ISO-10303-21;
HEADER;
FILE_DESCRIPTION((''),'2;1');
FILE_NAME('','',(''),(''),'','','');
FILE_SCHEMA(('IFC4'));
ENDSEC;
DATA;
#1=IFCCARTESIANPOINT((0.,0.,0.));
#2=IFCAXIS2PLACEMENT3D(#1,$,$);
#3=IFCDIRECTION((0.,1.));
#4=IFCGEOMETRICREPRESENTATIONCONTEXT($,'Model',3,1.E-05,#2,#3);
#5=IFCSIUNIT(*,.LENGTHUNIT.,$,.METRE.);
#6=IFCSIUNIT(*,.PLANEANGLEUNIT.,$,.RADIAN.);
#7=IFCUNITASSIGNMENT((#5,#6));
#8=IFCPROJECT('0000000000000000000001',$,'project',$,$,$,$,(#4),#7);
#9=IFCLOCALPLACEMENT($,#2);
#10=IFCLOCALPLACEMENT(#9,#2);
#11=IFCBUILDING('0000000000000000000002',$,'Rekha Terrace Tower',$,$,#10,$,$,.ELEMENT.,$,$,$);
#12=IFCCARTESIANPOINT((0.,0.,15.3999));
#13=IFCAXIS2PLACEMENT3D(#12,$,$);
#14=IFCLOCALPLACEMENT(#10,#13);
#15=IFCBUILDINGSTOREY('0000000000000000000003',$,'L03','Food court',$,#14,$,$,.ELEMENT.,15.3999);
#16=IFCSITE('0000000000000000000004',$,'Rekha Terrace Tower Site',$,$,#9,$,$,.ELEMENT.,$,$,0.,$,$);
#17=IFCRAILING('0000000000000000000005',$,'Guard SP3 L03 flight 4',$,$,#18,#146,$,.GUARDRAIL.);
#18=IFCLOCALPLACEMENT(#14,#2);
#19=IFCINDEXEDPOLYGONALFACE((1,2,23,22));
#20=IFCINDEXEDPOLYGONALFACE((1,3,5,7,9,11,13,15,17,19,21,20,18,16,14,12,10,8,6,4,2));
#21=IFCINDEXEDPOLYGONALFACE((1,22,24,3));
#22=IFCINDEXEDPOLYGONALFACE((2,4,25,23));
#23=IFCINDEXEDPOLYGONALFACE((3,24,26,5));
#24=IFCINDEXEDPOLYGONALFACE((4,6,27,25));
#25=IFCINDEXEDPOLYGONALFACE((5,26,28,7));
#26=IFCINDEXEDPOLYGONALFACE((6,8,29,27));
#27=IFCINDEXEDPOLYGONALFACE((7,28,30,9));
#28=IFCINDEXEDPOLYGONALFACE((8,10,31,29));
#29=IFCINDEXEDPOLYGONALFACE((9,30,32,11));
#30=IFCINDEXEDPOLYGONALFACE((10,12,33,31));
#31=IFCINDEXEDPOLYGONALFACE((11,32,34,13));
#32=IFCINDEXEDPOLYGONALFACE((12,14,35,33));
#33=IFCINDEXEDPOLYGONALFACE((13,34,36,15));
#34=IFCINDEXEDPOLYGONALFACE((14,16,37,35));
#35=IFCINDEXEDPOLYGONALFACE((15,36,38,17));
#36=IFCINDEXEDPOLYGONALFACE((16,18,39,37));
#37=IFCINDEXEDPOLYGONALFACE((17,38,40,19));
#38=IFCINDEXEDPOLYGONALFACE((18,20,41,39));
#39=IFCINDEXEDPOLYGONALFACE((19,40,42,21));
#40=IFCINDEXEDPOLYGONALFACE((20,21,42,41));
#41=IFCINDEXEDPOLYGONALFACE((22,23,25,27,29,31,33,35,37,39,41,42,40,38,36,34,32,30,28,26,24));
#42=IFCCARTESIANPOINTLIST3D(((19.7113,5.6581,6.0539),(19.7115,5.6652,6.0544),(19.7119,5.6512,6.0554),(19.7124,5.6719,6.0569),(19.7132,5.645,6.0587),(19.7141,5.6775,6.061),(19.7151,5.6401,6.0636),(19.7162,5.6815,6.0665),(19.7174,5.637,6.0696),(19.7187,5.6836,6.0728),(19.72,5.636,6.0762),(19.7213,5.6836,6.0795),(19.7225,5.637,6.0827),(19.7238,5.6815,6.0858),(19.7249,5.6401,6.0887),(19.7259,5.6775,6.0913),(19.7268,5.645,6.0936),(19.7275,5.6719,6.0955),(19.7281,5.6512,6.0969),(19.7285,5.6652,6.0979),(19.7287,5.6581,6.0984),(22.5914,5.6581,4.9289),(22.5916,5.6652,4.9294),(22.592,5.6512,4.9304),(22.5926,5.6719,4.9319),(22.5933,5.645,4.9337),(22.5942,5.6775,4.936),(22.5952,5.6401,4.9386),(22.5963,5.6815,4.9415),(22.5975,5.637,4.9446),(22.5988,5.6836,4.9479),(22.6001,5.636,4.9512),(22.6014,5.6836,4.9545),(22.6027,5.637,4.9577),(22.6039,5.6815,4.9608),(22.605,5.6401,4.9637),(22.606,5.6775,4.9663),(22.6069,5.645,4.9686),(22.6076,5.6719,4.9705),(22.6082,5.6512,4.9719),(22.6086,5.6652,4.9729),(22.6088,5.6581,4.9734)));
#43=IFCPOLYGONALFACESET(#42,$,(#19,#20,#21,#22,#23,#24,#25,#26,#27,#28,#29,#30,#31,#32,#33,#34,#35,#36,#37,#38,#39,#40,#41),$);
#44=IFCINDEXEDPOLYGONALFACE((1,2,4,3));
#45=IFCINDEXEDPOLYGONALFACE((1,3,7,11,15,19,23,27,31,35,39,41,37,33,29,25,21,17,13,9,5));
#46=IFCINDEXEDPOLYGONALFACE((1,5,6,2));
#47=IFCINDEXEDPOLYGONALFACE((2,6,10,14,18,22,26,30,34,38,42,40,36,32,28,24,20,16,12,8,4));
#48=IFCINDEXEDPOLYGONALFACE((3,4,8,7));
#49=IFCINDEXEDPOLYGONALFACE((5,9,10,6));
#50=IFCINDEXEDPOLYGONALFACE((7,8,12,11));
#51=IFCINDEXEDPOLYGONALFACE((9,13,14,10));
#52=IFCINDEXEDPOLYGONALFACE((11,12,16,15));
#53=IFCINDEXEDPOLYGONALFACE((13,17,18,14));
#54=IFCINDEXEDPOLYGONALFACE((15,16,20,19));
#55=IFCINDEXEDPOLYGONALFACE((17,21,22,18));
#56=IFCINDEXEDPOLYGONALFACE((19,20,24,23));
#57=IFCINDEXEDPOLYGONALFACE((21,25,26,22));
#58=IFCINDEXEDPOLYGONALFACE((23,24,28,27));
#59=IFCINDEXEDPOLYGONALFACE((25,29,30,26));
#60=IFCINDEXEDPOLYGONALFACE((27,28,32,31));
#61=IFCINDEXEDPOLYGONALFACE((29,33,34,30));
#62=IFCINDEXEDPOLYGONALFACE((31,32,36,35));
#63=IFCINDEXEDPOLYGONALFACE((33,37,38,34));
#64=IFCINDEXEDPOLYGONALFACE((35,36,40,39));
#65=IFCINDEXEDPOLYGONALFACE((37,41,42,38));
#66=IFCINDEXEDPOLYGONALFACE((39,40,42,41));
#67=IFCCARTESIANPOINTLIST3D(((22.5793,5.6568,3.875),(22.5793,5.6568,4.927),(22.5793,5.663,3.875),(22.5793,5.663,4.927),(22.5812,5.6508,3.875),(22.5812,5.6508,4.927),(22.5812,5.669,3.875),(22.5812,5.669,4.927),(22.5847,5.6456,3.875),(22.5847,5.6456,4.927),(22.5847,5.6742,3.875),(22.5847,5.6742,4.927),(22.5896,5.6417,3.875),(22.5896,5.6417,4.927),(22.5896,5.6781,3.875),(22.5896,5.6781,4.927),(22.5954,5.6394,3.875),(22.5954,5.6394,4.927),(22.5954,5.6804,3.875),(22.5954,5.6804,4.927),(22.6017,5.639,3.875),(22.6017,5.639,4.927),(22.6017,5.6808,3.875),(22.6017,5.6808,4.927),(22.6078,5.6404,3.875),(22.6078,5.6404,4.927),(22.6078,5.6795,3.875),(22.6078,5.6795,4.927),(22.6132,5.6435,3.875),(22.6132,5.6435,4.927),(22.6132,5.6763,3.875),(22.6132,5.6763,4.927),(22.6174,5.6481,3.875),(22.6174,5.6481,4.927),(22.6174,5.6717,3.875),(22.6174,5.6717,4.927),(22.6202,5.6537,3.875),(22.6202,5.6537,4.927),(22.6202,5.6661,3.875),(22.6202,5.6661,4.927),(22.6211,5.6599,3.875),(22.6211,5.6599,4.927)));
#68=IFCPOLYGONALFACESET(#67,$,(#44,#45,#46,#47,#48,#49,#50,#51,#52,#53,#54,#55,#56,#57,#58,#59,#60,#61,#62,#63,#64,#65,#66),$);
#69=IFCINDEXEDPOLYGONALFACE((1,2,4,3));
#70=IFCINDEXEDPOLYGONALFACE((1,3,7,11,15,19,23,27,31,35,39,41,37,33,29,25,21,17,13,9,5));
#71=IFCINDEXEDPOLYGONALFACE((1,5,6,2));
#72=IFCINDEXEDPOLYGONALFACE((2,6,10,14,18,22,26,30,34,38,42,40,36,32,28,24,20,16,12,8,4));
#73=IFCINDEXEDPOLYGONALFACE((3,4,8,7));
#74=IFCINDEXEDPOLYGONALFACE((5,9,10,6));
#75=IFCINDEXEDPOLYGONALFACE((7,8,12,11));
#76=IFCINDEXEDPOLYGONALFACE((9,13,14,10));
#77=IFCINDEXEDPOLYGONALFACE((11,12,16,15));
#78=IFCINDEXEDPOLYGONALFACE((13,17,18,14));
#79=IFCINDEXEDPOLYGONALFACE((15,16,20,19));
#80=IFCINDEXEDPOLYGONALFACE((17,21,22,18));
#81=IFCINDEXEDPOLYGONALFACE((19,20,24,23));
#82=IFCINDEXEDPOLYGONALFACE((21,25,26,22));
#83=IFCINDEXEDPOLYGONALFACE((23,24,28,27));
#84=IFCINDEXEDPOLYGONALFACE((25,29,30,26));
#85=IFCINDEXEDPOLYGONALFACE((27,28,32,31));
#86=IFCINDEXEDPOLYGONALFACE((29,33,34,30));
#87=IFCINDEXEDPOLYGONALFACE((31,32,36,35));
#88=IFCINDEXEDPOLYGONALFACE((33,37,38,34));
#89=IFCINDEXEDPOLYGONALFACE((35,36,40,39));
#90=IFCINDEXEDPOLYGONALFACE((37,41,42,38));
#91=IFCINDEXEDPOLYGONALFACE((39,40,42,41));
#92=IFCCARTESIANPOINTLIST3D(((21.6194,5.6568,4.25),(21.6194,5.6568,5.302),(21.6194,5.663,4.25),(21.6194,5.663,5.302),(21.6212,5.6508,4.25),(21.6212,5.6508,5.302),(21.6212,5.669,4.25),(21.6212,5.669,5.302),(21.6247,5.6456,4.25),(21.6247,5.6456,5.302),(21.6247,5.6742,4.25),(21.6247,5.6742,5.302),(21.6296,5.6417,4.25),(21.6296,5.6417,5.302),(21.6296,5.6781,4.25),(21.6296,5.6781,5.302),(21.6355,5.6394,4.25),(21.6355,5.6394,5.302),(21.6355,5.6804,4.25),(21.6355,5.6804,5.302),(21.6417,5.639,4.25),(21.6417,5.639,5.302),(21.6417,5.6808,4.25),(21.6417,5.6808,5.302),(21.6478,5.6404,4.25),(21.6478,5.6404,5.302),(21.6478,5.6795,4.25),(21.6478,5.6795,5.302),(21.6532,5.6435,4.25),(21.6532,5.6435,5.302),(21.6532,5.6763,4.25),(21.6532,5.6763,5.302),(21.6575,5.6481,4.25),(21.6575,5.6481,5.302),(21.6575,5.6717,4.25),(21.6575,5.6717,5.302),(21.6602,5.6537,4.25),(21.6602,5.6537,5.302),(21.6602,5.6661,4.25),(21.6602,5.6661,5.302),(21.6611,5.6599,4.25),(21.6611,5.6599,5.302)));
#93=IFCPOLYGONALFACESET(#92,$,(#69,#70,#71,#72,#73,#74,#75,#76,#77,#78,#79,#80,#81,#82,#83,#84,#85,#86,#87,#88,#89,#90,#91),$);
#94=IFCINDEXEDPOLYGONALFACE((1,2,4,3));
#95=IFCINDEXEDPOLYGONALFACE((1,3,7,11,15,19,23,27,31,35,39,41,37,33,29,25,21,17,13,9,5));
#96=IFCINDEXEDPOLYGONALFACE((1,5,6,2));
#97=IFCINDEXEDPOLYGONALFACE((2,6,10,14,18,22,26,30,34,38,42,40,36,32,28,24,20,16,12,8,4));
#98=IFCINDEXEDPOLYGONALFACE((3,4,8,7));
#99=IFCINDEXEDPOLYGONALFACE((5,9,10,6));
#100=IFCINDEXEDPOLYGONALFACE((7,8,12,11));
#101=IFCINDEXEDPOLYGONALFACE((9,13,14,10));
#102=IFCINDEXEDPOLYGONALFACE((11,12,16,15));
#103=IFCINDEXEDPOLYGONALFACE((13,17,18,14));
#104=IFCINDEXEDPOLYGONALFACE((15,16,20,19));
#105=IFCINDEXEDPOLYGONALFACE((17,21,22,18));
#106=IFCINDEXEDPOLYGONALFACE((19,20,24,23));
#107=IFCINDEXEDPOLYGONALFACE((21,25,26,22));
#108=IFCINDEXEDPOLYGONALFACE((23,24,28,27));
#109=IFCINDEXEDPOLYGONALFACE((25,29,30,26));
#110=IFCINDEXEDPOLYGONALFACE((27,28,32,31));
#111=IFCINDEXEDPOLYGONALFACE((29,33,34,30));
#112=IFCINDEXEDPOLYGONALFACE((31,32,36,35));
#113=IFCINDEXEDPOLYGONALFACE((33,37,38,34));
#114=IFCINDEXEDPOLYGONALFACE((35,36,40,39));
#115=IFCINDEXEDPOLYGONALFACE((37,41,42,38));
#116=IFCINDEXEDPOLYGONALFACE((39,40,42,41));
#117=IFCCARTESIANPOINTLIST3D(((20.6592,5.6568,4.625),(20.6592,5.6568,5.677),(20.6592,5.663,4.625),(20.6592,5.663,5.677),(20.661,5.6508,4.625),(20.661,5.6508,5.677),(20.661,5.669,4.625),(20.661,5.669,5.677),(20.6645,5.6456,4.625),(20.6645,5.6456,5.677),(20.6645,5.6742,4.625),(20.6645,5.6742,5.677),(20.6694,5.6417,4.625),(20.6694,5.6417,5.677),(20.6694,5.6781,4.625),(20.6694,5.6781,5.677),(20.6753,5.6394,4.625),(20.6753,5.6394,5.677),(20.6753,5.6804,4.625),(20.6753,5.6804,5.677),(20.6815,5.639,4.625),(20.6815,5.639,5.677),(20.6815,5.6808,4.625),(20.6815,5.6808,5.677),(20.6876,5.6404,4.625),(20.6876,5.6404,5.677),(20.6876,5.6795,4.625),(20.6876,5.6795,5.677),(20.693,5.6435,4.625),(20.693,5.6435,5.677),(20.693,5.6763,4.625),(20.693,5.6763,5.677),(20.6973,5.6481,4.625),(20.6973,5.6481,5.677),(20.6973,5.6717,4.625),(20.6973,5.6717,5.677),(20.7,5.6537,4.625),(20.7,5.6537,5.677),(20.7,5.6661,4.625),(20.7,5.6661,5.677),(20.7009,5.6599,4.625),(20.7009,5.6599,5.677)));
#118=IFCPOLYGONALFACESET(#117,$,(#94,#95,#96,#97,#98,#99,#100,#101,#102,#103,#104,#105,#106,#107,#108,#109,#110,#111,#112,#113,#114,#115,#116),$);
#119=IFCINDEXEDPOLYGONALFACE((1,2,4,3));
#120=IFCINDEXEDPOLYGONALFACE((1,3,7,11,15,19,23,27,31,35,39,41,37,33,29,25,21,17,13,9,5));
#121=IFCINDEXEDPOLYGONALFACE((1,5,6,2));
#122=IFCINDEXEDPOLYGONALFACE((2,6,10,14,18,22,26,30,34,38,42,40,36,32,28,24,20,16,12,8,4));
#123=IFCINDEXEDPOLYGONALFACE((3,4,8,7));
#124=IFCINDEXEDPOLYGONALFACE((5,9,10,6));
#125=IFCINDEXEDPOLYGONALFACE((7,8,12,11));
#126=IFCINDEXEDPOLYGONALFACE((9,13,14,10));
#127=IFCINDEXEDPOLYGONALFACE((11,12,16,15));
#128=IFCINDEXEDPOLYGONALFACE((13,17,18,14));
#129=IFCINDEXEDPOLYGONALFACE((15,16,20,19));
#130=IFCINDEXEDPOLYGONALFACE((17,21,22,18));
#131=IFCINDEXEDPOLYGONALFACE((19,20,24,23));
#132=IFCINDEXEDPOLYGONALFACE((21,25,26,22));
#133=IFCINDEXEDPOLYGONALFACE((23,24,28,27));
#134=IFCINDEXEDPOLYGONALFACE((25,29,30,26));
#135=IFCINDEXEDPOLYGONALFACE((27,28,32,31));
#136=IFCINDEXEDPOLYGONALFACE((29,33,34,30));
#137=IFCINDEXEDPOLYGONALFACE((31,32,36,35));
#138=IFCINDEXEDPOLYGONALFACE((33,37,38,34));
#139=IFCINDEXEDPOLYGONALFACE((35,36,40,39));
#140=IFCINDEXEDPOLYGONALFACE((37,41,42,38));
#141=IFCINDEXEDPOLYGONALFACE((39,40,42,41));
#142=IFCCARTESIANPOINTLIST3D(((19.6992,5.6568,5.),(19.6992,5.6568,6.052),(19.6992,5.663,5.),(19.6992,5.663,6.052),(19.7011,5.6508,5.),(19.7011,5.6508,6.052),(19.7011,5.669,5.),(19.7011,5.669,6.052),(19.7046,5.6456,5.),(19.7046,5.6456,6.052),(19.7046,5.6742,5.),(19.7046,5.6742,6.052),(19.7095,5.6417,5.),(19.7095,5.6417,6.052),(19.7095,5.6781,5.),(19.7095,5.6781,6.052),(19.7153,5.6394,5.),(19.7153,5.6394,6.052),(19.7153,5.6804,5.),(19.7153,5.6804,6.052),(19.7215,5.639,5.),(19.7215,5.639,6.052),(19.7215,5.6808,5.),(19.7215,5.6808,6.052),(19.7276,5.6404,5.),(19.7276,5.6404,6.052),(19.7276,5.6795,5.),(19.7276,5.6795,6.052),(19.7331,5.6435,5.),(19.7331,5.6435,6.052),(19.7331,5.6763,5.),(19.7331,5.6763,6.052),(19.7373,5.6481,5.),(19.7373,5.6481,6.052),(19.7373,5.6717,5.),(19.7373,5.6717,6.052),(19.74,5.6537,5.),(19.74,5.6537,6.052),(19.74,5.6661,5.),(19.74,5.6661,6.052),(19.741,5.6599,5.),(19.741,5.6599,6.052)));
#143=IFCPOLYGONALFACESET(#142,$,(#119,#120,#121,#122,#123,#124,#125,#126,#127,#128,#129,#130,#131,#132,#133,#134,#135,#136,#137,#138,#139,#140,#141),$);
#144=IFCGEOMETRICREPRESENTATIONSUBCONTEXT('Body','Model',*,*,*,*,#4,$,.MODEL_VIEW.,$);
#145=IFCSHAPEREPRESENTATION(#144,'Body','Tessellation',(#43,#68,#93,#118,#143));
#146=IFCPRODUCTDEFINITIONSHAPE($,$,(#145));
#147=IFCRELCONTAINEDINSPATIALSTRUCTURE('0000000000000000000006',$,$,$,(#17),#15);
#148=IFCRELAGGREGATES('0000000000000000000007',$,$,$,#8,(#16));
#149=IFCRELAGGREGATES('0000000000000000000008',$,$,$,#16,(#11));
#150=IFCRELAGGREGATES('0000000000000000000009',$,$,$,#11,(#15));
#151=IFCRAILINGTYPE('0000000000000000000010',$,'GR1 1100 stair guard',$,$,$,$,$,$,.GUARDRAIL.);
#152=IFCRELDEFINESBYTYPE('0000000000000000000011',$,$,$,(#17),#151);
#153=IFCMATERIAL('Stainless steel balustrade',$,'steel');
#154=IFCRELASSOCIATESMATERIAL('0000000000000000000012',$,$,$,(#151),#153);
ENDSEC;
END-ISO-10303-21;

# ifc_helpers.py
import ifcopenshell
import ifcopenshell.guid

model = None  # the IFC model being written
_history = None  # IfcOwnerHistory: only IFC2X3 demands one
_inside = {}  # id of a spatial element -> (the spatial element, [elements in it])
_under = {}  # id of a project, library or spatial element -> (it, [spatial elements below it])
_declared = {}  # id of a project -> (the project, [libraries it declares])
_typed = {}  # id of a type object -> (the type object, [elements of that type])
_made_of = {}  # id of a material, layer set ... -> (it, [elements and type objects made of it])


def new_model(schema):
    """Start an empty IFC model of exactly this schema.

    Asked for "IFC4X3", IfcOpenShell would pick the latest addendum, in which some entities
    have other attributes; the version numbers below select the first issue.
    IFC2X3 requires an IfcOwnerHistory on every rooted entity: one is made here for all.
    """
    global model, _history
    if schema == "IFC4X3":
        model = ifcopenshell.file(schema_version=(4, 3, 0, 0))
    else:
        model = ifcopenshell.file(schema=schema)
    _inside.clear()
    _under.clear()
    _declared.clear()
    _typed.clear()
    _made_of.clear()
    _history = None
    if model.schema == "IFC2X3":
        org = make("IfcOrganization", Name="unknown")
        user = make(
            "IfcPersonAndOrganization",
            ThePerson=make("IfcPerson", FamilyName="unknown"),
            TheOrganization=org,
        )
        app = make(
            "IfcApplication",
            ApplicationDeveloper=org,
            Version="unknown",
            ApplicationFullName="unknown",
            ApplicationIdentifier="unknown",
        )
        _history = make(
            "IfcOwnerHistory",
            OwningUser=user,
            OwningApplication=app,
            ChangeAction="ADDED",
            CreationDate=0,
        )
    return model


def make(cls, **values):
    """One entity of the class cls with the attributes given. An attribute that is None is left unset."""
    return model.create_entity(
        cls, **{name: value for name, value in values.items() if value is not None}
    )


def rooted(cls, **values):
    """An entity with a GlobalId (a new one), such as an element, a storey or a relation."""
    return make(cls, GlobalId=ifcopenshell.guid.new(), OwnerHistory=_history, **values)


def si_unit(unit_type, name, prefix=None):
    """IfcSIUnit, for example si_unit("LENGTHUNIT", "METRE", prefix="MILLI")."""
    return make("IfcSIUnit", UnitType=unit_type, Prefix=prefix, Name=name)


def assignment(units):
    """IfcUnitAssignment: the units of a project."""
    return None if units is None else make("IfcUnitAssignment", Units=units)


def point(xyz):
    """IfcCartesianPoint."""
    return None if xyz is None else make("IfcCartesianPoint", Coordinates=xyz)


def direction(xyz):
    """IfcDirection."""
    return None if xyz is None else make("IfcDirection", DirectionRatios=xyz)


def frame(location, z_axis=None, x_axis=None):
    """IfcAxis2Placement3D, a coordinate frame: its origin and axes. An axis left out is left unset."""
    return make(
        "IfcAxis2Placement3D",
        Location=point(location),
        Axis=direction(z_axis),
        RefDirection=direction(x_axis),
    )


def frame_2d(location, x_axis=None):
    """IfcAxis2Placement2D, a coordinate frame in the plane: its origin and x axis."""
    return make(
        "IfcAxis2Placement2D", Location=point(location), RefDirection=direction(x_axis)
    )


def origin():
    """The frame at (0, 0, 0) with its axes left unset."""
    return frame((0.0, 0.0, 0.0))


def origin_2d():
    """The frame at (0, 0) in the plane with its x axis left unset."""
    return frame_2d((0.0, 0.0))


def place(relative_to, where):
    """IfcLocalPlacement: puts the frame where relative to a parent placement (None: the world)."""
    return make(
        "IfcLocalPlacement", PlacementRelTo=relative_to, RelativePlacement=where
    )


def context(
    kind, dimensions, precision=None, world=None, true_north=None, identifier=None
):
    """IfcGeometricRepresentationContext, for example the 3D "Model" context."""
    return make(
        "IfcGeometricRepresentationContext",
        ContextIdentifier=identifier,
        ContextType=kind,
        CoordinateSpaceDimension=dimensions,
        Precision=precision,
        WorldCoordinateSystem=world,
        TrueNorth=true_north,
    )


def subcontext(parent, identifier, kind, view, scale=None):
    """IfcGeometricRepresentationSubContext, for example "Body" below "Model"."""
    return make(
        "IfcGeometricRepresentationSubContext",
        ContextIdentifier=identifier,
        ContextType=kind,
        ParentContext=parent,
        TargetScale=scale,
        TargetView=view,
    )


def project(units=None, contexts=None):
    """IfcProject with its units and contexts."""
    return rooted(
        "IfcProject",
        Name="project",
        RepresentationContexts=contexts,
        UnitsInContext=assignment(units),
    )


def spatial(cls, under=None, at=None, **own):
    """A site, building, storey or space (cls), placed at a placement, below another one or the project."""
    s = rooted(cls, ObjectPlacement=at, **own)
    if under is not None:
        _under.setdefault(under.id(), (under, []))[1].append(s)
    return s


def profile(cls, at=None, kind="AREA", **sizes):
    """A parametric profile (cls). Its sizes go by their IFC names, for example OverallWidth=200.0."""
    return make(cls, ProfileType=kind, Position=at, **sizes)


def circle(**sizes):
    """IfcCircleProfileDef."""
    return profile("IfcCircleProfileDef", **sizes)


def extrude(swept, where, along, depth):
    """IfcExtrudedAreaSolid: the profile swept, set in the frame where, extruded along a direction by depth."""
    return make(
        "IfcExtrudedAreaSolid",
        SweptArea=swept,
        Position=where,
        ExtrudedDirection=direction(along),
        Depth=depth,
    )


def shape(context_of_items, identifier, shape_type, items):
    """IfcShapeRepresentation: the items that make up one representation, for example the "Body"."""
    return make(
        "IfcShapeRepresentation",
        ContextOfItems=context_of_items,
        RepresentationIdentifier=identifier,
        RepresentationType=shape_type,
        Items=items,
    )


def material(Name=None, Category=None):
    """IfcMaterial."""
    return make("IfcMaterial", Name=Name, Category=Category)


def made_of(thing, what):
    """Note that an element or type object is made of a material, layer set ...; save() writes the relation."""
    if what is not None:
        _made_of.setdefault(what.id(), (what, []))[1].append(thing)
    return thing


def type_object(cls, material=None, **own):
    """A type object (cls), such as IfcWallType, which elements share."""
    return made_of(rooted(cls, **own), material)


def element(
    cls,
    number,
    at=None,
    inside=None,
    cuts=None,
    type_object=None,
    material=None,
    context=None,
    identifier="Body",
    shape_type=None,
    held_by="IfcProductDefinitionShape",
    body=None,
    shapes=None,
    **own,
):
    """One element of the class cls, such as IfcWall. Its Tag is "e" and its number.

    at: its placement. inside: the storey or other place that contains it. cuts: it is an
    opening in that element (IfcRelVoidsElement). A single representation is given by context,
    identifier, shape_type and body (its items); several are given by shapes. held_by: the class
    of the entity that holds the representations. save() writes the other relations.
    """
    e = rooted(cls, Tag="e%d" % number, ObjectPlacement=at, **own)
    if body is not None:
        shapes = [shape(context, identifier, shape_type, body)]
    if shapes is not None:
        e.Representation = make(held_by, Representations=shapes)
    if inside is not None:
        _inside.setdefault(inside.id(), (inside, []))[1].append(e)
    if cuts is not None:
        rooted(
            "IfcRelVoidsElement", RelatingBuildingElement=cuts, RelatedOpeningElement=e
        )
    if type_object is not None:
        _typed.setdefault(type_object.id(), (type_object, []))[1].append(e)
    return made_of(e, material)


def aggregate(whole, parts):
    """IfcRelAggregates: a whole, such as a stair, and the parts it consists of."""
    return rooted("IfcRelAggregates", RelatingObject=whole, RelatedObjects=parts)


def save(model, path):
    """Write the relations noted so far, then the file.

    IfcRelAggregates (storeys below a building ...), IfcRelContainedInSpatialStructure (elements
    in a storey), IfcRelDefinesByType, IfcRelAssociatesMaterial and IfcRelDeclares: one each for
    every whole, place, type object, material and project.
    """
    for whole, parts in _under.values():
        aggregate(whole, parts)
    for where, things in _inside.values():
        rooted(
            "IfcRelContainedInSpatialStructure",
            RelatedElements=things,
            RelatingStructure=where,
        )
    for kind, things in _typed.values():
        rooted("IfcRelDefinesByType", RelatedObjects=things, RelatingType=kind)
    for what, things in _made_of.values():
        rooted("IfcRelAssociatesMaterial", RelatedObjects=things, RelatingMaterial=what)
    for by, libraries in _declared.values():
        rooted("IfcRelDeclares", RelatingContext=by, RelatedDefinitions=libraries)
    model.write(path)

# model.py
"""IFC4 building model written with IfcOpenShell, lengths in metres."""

from ifc_helpers import new_model, si_unit, direction, frame, origin, origin_2d, place, context, subcontext, project, spatial, circle, extrude, material, type_object, element, save


model = new_model("IFC4")

# Units and contexts
model_context = context("Model", 3, precision=1e-05, world=origin(), true_north=direction((0.0, 1.0)))
body_context = subcontext(model_context, "Body", "Model", "MODEL_VIEW")
ifc_project = project(units=[si_unit("LENGTHUNIT", "METRE"), si_unit("PLANEANGLEUNIT", "RADIAN")], contexts=[model_context])

# Site, building, storey
site_placement = place(None, origin())
site = spatial("IfcSite", under=ifc_project, at=site_placement, Name="Rekha Terrace Tower Site", CompositionType="ELEMENT", RefElevation=0.0)
building_placement = place(site_placement, origin())
building = spatial("IfcBuilding", under=site, at=building_placement, Name="Rekha Terrace Tower", CompositionType="ELEMENT")
storey_placement = place(building_placement, frame((0.0, 0.0, 15.3999)))
storey = spatial("IfcBuildingStorey", under=building, at=storey_placement, Name="L03", Description="Food court", CompositionType="ELEMENT", Elevation=15.3999)

# Railing
ifc_material_1 = material(Name="Stainless steel balustrade", Category="steel")
railing_type_1 = type_object("IfcRailingType", Name="GR1 1100 stair guard", PredefinedType="GUARDRAIL", material=ifc_material_1)
railing_1_placement = place(storey_placement, frame((22.6001, 5.6599, 3.875)))
element("IfcRailing", 1, at=railing_1_placement, inside=storey, type_object=railing_type_1, Name="Guard SP3 L03 flight 4", PredefinedType="GUARDRAIL", context=body_context, shape_type="SweptSolid", body=[
    extrude(circle(Radius=0.0239, at=origin_2d()), frame((0.0, 0.0, 1.0762), z_axis=(-0.931463, 0.0, 0.363837), x_axis=(0.0, -1.0, 0.0)), (0.0, 0.0, 1.0), 3.092),
    extrude(circle(Radius=0.021, at=origin_2d()), origin(), (0.0, 0.0, 1.0), 1.052),
    extrude(circle(Radius=0.021, at=origin_2d()), frame((-0.96, 0.0, 0.375)), (0.0, 0.0, 1.0), 1.052),
    extrude(circle(Radius=0.021, at=origin_2d()), frame((-1.9202, 0.0, 0.75)), (0.0, 0.0, 1.0), 1.052),
    extrude(circle(Radius=0.021, at=origin_2d()), frame((-2.8801, 0.0, 1.125)), (0.0, 0.0, 1.0), 1.052),
])

save(model, "model.ifc")
